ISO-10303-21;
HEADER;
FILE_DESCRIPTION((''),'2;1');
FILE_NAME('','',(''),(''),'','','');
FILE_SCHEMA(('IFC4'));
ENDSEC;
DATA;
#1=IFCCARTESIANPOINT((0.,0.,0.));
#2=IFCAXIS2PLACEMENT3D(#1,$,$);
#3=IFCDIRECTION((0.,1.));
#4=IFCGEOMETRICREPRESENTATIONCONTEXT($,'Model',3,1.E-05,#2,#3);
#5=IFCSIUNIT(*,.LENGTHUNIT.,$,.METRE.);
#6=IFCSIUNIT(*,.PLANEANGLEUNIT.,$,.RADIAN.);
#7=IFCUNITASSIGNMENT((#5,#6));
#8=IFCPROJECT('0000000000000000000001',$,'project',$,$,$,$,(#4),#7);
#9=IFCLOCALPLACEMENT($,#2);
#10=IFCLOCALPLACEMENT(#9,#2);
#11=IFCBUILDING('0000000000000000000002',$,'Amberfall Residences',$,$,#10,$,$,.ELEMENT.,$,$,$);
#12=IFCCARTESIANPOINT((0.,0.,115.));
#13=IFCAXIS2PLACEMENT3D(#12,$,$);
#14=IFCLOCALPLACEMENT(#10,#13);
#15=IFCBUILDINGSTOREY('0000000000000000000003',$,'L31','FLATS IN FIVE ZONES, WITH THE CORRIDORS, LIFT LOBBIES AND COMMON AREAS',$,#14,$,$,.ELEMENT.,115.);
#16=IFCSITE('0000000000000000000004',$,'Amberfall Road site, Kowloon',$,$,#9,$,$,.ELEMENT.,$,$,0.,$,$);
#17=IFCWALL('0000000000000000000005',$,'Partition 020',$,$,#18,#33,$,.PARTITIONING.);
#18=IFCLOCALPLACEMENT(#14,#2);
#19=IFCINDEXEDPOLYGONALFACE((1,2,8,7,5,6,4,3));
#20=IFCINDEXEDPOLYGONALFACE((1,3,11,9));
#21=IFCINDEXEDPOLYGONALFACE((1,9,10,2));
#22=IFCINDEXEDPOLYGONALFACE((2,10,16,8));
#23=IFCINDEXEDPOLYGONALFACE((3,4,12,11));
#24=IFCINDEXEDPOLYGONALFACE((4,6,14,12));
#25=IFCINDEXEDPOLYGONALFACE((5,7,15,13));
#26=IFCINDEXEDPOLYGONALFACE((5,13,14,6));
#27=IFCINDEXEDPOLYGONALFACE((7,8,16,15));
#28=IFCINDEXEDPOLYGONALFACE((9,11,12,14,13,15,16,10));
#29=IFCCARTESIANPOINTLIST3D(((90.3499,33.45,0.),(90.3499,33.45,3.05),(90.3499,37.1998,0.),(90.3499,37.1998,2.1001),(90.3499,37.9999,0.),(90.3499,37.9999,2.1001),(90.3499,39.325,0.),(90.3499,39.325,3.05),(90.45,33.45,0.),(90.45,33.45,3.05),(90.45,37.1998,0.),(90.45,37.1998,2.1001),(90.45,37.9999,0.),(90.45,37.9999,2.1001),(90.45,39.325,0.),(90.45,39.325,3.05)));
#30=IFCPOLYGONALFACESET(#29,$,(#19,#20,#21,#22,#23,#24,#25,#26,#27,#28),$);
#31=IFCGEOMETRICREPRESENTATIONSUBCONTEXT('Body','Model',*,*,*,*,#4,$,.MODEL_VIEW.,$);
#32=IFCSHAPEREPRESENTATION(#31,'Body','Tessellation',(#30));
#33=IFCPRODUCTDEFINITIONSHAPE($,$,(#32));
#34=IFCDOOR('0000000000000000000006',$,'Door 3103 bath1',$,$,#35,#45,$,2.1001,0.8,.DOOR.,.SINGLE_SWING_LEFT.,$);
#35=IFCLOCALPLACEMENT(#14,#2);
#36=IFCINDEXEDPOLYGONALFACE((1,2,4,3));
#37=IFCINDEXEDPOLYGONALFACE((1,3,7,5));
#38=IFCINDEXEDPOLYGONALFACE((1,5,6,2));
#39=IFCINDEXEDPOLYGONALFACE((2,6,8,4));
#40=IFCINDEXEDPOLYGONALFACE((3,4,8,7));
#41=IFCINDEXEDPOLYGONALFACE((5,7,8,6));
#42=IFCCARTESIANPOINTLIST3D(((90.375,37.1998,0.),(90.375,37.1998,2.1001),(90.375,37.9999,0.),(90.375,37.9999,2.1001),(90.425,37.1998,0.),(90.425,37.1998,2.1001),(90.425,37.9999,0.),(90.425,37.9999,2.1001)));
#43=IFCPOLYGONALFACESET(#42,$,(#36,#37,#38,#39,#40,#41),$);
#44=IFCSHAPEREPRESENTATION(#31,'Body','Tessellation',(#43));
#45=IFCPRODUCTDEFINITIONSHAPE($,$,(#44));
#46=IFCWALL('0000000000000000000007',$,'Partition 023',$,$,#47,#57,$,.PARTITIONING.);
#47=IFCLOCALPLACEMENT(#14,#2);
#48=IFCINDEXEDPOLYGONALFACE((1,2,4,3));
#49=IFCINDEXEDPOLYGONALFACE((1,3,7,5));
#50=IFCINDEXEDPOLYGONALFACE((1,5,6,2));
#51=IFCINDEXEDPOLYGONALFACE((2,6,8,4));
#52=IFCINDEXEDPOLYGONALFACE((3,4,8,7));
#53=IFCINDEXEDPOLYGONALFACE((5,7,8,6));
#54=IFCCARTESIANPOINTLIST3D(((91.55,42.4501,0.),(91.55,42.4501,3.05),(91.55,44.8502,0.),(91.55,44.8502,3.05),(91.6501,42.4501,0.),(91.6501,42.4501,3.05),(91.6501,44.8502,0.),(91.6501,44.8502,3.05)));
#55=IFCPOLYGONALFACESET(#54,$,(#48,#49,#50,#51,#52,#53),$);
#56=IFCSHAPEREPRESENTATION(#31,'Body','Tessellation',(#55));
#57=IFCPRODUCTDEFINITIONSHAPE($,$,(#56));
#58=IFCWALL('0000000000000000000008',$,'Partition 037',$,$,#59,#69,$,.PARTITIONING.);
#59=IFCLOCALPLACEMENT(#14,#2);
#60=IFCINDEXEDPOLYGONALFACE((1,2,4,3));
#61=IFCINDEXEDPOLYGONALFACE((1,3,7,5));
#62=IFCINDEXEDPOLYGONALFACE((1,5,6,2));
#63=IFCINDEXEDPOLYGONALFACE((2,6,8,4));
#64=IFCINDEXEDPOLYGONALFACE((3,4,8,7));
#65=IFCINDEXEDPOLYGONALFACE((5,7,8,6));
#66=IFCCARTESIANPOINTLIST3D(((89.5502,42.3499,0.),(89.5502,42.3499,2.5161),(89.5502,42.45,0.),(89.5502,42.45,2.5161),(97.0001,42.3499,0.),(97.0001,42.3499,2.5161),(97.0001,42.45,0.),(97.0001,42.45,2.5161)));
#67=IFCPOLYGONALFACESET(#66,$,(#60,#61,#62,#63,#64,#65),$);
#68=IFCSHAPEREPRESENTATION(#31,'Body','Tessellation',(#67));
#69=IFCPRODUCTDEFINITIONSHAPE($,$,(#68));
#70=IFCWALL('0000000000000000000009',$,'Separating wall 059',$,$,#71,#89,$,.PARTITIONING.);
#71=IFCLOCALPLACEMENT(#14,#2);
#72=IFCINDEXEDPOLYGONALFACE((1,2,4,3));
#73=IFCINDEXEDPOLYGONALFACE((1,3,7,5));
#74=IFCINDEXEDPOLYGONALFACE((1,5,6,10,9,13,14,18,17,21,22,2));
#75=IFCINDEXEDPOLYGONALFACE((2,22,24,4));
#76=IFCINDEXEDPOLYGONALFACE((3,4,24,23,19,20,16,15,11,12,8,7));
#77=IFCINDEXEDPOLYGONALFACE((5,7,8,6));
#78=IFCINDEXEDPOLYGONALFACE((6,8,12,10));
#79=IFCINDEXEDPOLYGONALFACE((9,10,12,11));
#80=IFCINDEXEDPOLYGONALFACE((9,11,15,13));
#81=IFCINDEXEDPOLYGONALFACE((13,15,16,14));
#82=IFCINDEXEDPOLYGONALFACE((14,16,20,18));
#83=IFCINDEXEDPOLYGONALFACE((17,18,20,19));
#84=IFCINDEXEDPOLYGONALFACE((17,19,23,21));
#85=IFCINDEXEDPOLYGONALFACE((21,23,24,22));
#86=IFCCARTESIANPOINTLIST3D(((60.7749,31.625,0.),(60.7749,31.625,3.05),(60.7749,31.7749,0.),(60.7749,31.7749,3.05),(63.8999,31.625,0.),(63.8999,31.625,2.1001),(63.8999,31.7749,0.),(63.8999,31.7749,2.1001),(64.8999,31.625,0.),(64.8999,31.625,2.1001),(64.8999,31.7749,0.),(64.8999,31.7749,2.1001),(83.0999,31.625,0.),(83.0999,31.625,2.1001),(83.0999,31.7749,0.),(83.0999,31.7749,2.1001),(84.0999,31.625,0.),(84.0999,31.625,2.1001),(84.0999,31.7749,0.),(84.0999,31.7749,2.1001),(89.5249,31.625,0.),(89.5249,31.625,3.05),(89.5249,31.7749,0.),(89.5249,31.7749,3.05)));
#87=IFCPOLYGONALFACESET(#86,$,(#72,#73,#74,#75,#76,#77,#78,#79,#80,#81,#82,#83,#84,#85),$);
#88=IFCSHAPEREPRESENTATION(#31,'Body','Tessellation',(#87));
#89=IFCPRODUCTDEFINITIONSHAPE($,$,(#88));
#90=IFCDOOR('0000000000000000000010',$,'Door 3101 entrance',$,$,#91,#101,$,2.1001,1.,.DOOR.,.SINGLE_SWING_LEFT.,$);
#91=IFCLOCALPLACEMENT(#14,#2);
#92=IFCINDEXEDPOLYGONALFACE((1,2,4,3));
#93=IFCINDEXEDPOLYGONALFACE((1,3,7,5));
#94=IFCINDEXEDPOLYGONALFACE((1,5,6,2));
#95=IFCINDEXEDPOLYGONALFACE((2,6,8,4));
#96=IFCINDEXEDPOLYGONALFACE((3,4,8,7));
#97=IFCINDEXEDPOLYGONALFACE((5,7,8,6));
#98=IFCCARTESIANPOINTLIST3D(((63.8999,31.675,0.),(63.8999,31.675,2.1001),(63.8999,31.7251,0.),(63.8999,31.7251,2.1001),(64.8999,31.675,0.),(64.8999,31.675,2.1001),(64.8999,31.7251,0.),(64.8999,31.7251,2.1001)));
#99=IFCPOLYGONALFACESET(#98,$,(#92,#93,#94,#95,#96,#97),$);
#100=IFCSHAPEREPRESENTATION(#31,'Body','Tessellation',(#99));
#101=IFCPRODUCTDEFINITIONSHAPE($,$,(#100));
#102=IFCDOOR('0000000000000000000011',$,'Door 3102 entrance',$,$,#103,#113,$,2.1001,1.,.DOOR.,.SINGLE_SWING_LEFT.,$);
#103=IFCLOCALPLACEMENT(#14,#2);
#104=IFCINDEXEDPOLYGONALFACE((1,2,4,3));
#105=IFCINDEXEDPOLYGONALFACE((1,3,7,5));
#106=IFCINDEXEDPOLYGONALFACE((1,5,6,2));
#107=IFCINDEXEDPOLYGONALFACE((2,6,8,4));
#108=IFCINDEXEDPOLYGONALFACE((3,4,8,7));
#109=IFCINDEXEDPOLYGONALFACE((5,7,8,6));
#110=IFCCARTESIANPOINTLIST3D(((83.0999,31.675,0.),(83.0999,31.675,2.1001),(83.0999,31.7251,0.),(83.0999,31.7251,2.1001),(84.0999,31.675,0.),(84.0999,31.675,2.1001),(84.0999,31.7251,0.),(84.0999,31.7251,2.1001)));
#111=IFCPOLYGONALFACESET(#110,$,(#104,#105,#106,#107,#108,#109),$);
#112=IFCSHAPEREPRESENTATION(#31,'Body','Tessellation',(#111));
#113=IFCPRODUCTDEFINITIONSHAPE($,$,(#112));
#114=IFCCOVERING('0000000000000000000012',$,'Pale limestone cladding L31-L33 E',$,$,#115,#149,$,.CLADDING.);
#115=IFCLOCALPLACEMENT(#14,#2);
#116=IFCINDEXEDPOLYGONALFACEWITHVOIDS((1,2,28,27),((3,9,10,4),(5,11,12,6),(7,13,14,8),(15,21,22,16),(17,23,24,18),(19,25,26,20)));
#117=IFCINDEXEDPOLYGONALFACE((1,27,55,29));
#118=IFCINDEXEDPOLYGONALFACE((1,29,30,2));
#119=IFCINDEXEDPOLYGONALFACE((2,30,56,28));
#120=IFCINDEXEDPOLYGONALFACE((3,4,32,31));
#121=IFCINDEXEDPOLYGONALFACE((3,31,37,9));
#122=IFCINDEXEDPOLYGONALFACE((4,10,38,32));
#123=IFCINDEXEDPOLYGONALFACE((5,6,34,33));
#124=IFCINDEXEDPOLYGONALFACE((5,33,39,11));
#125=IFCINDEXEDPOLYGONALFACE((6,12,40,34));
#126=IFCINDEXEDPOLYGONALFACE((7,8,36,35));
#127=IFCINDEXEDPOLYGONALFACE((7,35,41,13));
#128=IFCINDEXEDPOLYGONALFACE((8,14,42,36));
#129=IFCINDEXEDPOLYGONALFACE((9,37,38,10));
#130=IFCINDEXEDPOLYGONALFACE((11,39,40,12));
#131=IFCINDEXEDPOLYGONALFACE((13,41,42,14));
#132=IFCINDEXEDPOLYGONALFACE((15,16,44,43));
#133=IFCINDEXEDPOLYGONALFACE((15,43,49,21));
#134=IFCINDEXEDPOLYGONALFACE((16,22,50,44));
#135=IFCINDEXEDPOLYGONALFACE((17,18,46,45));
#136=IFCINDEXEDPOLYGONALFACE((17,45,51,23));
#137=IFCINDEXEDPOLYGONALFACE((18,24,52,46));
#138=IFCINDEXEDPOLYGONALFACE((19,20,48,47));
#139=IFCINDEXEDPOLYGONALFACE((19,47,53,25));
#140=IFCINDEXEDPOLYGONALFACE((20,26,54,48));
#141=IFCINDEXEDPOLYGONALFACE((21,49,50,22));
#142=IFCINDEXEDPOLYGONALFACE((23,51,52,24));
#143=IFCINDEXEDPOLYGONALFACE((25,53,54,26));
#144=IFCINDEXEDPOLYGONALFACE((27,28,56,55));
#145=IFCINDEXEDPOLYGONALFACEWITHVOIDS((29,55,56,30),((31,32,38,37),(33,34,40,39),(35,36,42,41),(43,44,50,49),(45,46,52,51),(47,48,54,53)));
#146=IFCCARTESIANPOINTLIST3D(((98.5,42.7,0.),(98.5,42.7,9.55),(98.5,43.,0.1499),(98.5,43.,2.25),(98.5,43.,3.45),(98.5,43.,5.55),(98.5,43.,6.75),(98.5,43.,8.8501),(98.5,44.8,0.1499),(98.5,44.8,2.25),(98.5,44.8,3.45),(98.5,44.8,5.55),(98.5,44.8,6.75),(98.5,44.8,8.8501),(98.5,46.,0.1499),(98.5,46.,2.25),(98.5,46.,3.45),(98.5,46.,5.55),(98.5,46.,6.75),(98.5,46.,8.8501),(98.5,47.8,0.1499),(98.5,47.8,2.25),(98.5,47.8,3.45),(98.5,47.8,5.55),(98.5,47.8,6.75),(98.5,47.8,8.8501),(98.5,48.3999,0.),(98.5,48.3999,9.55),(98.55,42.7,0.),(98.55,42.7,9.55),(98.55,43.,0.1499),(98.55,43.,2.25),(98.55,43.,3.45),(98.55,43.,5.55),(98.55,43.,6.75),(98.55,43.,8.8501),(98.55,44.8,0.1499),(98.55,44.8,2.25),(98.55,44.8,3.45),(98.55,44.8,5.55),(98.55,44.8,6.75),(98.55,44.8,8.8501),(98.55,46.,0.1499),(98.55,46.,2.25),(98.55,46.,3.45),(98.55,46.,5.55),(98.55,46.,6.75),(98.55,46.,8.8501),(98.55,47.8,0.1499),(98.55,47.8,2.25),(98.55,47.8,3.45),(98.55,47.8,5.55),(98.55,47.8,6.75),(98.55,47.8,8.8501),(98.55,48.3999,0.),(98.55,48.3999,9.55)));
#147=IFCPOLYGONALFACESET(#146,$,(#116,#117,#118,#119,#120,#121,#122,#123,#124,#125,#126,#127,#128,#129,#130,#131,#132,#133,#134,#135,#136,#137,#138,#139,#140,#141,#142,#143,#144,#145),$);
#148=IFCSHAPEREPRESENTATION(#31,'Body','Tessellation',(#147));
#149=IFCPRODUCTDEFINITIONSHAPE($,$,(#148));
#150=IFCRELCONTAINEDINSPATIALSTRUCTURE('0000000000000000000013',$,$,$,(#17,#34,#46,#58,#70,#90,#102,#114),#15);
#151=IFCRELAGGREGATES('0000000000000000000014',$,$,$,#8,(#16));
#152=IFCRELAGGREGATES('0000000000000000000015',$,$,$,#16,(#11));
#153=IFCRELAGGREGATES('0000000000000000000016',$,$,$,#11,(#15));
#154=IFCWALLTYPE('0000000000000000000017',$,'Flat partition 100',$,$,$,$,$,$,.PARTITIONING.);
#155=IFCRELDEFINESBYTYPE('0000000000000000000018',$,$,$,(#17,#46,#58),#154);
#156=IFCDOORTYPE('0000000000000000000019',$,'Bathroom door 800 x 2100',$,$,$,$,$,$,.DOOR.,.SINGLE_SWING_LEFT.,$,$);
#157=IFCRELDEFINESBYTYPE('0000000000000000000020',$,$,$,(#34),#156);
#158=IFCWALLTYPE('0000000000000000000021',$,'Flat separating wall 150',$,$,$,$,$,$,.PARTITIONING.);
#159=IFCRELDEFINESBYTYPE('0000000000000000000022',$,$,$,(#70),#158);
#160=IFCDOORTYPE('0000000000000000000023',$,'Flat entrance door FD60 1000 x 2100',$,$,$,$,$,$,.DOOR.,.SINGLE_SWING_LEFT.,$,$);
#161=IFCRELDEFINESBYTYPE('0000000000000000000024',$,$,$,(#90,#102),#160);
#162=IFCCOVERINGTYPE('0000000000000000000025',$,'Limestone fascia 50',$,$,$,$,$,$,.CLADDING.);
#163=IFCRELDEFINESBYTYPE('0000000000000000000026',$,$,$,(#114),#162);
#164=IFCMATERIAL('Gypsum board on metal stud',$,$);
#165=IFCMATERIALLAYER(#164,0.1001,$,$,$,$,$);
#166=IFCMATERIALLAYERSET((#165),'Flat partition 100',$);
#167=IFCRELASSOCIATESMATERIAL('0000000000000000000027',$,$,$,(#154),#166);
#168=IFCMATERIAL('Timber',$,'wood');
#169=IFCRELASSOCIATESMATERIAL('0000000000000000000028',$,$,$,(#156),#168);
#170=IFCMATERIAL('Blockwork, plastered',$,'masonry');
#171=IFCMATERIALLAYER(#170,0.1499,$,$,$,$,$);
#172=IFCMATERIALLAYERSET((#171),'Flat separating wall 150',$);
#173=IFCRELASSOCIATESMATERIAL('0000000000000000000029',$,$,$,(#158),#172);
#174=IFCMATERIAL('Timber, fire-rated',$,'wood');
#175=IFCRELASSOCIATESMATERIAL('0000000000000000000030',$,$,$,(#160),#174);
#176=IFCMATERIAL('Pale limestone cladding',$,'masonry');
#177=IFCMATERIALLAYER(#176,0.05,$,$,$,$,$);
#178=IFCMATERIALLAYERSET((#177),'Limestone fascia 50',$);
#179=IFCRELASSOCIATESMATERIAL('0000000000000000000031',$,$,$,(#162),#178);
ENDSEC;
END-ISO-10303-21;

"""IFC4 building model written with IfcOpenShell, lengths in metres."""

from ifc_helpers import new_model, si_unit, direction, frame, frame_2d, origin, place, context, subcontext, project, spatial, polyline, rectangle, outline, extrude, material, layer, layer_set, type_object, element, fill, save


model = new_model("IFC4")

# Units and contexts
model_context = context("Model", 3, precision=1e-05, world=origin(), true_north=direction((0.0, 1.0)))
body_context = subcontext(model_context, "Body", "Model", "MODEL_VIEW")
ifc_project = project(units=[si_unit("LENGTHUNIT", "METRE"), si_unit("PLANEANGLEUNIT", "RADIAN")], contexts=[model_context])

# Site, building, storey
site_placement = place(None, origin())
site = spatial("IfcSite", under=ifc_project, at=site_placement, Name="Amberfall Road site, Kowloon", CompositionType="ELEMENT", RefElevation=0.0)
building_placement = place(site_placement, origin())
building = spatial("IfcBuilding", under=site, at=building_placement, Name="Amberfall Residences", CompositionType="ELEMENT")
storey_placement = place(building_placement, frame((0.0, 0.0, 115.0)))
storey = spatial("IfcBuildingStorey", under=building, at=storey_placement, Name="L31", Description="FLATS IN FIVE ZONES, WITH THE CORRIDORS, LIFT LOBBIES AND COMMON AREAS", CompositionType="ELEMENT", Elevation=115.0)

# Wall, opening, door
ifc_material_1 = material(Name="Gypsum board on metal stud")
ifc_layer_1 = layer(ifc_material_1, 0.1001)
ifc_layer_set_1 = layer_set([ifc_layer_1], Name="Flat partition 100")
wall_type_1 = type_object("IfcWallType", Name="Flat partition 100", PredefinedType="PARTITIONING", material=ifc_layer_set_1)
wall_1_placement = place(storey_placement, frame((90.3999, 33.45, 0.0), z_axis=(0.0, 0.0, 1.0), x_axis=(0.0, 1.0, 0.0)))
wall_1 = element("IfcWall", 1, at=wall_1_placement, inside=storey, type_object=wall_type_1, Name="Partition 020", PredefinedType="PARTITIONING", context=body_context, shape_type="SweptSolid", body=[
    extrude(rectangle(XDim=5.875, YDim=0.1001, at=frame_2d((2.9375, 0.0))), origin(), (0.0, 0.0, 1.0), 3.05),
])
opening_1_placement = place(wall_1_placement, frame((3.75, 0.0, 0.0)))
opening_1 = element("IfcOpeningElement", 2, at=opening_1_placement, cuts=wall_1, PredefinedType="OPENING", context=body_context, shape_type="SweptSolid", body=[
    extrude(rectangle(XDim=0.8, YDim=2.1001, at=frame_2d((0.3999, 1.05))), frame((0.0, 0.0601, 0.0), z_axis=(0.0, -1.0, 0.0), x_axis=(1.0, 0.0, 0.0)), (0.0, 0.0, 1.0), 0.1201),
])
ifc_material_2 = material(Name="Timber", Category="wood")
door_type_1 = type_object("IfcDoorType", Name="Bathroom door 800 x 2100", OperationType="SINGLE_SWING_LEFT", PredefinedType="DOOR", material=ifc_material_2)
door_1_placement = place(opening_1_placement, origin())
door_1 = element("IfcDoor", 3, at=door_1_placement, inside=storey, type_object=door_type_1, Name="Door 3103 bath1", OperationType="SINGLE_SWING_LEFT", OverallHeight=2.1001, OverallWidth=0.8, PredefinedType="DOOR", context=body_context, shape_type="SweptSolid", body=[
    extrude(rectangle(XDim=0.8, YDim=2.1001, at=frame_2d((0.3999, 1.05))), frame((0.0, 0.0249, 0.0), z_axis=(0.0, -1.0, 0.0), x_axis=(1.0, 0.0, 0.0)), (0.0, 0.0, 1.0), 0.05),
])
fill(opening_1, door_1)

# Walls
wall_2_placement = place(storey_placement, frame((91.6001, 42.45, 0.0), z_axis=(0.0, 0.0, 1.0), x_axis=(0.0, 1.0, 0.0)))
element("IfcWall", 4, at=wall_2_placement, inside=storey, type_object=wall_type_1, Name="Partition 023", PredefinedType="PARTITIONING", context=body_context, shape_type="SweptSolid", body=[
    extrude(rectangle(XDim=2.4001, YDim=0.1001, at=frame_2d((1.2002, 0.0))), origin(), (0.0, 0.0, 1.0), 3.05),
])
wall_3_placement = place(storey_placement, frame((89.55, 42.3999, 0.0), z_axis=(0.0, 0.0, 1.0), x_axis=(1.0, 0.0, 0.0)))
element("IfcWall", 5, at=wall_3_placement, inside=storey, type_object=wall_type_1, Name="Partition 037", PredefinedType="PARTITIONING", context=body_context, shape_type="SweptSolid", body=[
    extrude(rectangle(XDim=7.45, YDim=0.1001, at=frame_2d((3.7251, 0.0))), origin(), (0.0, 0.0, 1.0), 2.5161),
])

# Wall, openings, doors
ifc_material_3 = material(Name="Blockwork, plastered", Category="masonry")
ifc_layer_2 = layer(ifc_material_3, 0.1499)
ifc_layer_set_2 = layer_set([ifc_layer_2], Name="Flat separating wall 150")
wall_type_2 = type_object("IfcWallType", Name="Flat separating wall 150", PredefinedType="PARTITIONING", material=ifc_layer_set_2)
wall_4_placement = place(storey_placement, frame((89.5249, 31.7, 0.0), z_axis=(0.0, 0.0, 1.0), x_axis=(-1.0, 0.0, 0.0)))
wall_4 = element("IfcWall", 6, at=wall_4_placement, inside=storey, type_object=wall_type_2, Name="Separating wall 059", PredefinedType="PARTITIONING", context=body_context, shape_type="SweptSolid", body=[
    extrude(rectangle(XDim=28.75, YDim=0.1499, at=frame_2d((14.375, 0.0))), origin(), (0.0, 0.0, 1.0), 3.05),
])
opening_2_placement = place(wall_4_placement, frame((24.625, 0.0, 0.0)))
opening_2 = element("IfcOpeningElement", 7, at=opening_2_placement, cuts=wall_4, PredefinedType="OPENING", context=body_context, shape_type="SweptSolid", body=[
    extrude(rectangle(XDim=1.0, YDim=2.1001, at=frame_2d((0.5, 1.05))), frame((0.0, 0.085, 0.0), z_axis=(0.0, -1.0, 0.0), x_axis=(1.0, 0.0, 0.0)), (0.0, 0.0, 1.0), 0.1699),
])
opening_3_placement = place(wall_4_placement, frame((5.425, 0.0, 0.0)))
opening_3 = element("IfcOpeningElement", 8, at=opening_3_placement, cuts=wall_4, PredefinedType="OPENING", context=body_context, shape_type="SweptSolid", body=[
    extrude(rectangle(XDim=1.0, YDim=2.1001, at=frame_2d((0.5, 1.05))), frame((0.0, 0.085, 0.0), z_axis=(0.0, -1.0, 0.0), x_axis=(1.0, 0.0, 0.0)), (0.0, 0.0, 1.0), 0.1699),
])
ifc_material_4 = material(Name="Timber, fire-rated", Category="wood")
door_type_2 = type_object("IfcDoorType", Name="Flat entrance door FD60 1000 x 2100", OperationType="SINGLE_SWING_LEFT", PredefinedType="DOOR", material=ifc_material_4)
door_2_placement = place(opening_2_placement, origin())
door_2 = element("IfcDoor", 9, at=door_2_placement, inside=storey, type_object=door_type_2, Name="Door 3101 entrance", OperationType="SINGLE_SWING_LEFT", OverallHeight=2.1001, OverallWidth=1.0, PredefinedType="DOOR", context=body_context, shape_type="SweptSolid", body=[
    extrude(rectangle(XDim=1.0, YDim=2.1001, at=frame_2d((0.5, 1.05))), frame((0.0, 0.0249, 0.0), z_axis=(0.0, -1.0, 0.0), x_axis=(1.0, 0.0, 0.0)), (0.0, 0.0, 1.0), 0.05),
])
fill(opening_2, door_2)
door_3_placement = place(opening_3_placement, origin())
door_3 = element("IfcDoor", 10, at=door_3_placement, inside=storey, type_object=door_type_2, Name="Door 3102 entrance", OperationType="SINGLE_SWING_LEFT", OverallHeight=2.1001, OverallWidth=1.0, PredefinedType="DOOR", context=body_context, shape_type="SweptSolid", body=[
    extrude(rectangle(XDim=1.0, YDim=2.1001, at=frame_2d((0.5, 1.05))), frame((0.0, 0.0249, 0.0), z_axis=(0.0, -1.0, 0.0), x_axis=(1.0, 0.0, 0.0)), (0.0, 0.0, 1.0), 0.05),
])
fill(opening_3, door_3)

# Covering
ifc_material_5 = material(Name="Pale limestone cladding", Category="masonry")
ifc_layer_3 = layer(ifc_material_5, 0.05)
ifc_layer_set_3 = layer_set([ifc_layer_3], Name="Limestone fascia 50")
covering_type = type_object("IfcCoveringType", Name="Limestone fascia 50", PredefinedType="CLADDING", material=ifc_layer_set_3)
covering_1_placement = place(storey_placement, frame((98.5, 42.7, 9.55), z_axis=(-1.0, 0.0, 0.0), x_axis=(0.0, 1.0, 0.0)))
element("IfcCovering", 11, at=covering_1_placement, inside=storey, type_object=covering_type, Name="Pale limestone cladding L31-L33 E", PredefinedType="CLADDING", context=body_context, shape_type="SweptSolid", body=[
    extrude(outline(polyline([(0.0, 0.0), (5.7, 0.0), (5.7, 9.55), (0.0, 9.55), (0.0, 0.0)]), holes=[polyline([(0.3, 7.3), (2.1001, 7.3), (2.1001, 9.4001), (0.3, 9.4001), (0.3, 7.3)]), polyline([(3.3, 7.3), (5.1001, 7.3), (5.1001, 9.4001), (3.3, 9.4001), (3.3, 7.3)]), polyline([(0.3, 4.0), (2.1001, 4.0), (2.1001, 6.1001), (0.3, 6.1001), (0.3, 4.0)]), polyline([(3.3, 4.0), (5.1001, 4.0), (5.1001, 6.1001), (3.3, 6.1001), (3.3, 4.0)]), polyline([(0.3, 0.7), (2.1001, 0.7), (2.1001, 2.8), (0.3, 2.8), (0.3, 0.7)]), polyline([(3.3, 0.7), (5.1001, 0.7), (5.1001, 2.8), (3.3, 2.8), (3.3, 0.7)])]), origin(), (0.0, 0.0, -1.0), 0.05),
])

save(model, "model.ifc")
